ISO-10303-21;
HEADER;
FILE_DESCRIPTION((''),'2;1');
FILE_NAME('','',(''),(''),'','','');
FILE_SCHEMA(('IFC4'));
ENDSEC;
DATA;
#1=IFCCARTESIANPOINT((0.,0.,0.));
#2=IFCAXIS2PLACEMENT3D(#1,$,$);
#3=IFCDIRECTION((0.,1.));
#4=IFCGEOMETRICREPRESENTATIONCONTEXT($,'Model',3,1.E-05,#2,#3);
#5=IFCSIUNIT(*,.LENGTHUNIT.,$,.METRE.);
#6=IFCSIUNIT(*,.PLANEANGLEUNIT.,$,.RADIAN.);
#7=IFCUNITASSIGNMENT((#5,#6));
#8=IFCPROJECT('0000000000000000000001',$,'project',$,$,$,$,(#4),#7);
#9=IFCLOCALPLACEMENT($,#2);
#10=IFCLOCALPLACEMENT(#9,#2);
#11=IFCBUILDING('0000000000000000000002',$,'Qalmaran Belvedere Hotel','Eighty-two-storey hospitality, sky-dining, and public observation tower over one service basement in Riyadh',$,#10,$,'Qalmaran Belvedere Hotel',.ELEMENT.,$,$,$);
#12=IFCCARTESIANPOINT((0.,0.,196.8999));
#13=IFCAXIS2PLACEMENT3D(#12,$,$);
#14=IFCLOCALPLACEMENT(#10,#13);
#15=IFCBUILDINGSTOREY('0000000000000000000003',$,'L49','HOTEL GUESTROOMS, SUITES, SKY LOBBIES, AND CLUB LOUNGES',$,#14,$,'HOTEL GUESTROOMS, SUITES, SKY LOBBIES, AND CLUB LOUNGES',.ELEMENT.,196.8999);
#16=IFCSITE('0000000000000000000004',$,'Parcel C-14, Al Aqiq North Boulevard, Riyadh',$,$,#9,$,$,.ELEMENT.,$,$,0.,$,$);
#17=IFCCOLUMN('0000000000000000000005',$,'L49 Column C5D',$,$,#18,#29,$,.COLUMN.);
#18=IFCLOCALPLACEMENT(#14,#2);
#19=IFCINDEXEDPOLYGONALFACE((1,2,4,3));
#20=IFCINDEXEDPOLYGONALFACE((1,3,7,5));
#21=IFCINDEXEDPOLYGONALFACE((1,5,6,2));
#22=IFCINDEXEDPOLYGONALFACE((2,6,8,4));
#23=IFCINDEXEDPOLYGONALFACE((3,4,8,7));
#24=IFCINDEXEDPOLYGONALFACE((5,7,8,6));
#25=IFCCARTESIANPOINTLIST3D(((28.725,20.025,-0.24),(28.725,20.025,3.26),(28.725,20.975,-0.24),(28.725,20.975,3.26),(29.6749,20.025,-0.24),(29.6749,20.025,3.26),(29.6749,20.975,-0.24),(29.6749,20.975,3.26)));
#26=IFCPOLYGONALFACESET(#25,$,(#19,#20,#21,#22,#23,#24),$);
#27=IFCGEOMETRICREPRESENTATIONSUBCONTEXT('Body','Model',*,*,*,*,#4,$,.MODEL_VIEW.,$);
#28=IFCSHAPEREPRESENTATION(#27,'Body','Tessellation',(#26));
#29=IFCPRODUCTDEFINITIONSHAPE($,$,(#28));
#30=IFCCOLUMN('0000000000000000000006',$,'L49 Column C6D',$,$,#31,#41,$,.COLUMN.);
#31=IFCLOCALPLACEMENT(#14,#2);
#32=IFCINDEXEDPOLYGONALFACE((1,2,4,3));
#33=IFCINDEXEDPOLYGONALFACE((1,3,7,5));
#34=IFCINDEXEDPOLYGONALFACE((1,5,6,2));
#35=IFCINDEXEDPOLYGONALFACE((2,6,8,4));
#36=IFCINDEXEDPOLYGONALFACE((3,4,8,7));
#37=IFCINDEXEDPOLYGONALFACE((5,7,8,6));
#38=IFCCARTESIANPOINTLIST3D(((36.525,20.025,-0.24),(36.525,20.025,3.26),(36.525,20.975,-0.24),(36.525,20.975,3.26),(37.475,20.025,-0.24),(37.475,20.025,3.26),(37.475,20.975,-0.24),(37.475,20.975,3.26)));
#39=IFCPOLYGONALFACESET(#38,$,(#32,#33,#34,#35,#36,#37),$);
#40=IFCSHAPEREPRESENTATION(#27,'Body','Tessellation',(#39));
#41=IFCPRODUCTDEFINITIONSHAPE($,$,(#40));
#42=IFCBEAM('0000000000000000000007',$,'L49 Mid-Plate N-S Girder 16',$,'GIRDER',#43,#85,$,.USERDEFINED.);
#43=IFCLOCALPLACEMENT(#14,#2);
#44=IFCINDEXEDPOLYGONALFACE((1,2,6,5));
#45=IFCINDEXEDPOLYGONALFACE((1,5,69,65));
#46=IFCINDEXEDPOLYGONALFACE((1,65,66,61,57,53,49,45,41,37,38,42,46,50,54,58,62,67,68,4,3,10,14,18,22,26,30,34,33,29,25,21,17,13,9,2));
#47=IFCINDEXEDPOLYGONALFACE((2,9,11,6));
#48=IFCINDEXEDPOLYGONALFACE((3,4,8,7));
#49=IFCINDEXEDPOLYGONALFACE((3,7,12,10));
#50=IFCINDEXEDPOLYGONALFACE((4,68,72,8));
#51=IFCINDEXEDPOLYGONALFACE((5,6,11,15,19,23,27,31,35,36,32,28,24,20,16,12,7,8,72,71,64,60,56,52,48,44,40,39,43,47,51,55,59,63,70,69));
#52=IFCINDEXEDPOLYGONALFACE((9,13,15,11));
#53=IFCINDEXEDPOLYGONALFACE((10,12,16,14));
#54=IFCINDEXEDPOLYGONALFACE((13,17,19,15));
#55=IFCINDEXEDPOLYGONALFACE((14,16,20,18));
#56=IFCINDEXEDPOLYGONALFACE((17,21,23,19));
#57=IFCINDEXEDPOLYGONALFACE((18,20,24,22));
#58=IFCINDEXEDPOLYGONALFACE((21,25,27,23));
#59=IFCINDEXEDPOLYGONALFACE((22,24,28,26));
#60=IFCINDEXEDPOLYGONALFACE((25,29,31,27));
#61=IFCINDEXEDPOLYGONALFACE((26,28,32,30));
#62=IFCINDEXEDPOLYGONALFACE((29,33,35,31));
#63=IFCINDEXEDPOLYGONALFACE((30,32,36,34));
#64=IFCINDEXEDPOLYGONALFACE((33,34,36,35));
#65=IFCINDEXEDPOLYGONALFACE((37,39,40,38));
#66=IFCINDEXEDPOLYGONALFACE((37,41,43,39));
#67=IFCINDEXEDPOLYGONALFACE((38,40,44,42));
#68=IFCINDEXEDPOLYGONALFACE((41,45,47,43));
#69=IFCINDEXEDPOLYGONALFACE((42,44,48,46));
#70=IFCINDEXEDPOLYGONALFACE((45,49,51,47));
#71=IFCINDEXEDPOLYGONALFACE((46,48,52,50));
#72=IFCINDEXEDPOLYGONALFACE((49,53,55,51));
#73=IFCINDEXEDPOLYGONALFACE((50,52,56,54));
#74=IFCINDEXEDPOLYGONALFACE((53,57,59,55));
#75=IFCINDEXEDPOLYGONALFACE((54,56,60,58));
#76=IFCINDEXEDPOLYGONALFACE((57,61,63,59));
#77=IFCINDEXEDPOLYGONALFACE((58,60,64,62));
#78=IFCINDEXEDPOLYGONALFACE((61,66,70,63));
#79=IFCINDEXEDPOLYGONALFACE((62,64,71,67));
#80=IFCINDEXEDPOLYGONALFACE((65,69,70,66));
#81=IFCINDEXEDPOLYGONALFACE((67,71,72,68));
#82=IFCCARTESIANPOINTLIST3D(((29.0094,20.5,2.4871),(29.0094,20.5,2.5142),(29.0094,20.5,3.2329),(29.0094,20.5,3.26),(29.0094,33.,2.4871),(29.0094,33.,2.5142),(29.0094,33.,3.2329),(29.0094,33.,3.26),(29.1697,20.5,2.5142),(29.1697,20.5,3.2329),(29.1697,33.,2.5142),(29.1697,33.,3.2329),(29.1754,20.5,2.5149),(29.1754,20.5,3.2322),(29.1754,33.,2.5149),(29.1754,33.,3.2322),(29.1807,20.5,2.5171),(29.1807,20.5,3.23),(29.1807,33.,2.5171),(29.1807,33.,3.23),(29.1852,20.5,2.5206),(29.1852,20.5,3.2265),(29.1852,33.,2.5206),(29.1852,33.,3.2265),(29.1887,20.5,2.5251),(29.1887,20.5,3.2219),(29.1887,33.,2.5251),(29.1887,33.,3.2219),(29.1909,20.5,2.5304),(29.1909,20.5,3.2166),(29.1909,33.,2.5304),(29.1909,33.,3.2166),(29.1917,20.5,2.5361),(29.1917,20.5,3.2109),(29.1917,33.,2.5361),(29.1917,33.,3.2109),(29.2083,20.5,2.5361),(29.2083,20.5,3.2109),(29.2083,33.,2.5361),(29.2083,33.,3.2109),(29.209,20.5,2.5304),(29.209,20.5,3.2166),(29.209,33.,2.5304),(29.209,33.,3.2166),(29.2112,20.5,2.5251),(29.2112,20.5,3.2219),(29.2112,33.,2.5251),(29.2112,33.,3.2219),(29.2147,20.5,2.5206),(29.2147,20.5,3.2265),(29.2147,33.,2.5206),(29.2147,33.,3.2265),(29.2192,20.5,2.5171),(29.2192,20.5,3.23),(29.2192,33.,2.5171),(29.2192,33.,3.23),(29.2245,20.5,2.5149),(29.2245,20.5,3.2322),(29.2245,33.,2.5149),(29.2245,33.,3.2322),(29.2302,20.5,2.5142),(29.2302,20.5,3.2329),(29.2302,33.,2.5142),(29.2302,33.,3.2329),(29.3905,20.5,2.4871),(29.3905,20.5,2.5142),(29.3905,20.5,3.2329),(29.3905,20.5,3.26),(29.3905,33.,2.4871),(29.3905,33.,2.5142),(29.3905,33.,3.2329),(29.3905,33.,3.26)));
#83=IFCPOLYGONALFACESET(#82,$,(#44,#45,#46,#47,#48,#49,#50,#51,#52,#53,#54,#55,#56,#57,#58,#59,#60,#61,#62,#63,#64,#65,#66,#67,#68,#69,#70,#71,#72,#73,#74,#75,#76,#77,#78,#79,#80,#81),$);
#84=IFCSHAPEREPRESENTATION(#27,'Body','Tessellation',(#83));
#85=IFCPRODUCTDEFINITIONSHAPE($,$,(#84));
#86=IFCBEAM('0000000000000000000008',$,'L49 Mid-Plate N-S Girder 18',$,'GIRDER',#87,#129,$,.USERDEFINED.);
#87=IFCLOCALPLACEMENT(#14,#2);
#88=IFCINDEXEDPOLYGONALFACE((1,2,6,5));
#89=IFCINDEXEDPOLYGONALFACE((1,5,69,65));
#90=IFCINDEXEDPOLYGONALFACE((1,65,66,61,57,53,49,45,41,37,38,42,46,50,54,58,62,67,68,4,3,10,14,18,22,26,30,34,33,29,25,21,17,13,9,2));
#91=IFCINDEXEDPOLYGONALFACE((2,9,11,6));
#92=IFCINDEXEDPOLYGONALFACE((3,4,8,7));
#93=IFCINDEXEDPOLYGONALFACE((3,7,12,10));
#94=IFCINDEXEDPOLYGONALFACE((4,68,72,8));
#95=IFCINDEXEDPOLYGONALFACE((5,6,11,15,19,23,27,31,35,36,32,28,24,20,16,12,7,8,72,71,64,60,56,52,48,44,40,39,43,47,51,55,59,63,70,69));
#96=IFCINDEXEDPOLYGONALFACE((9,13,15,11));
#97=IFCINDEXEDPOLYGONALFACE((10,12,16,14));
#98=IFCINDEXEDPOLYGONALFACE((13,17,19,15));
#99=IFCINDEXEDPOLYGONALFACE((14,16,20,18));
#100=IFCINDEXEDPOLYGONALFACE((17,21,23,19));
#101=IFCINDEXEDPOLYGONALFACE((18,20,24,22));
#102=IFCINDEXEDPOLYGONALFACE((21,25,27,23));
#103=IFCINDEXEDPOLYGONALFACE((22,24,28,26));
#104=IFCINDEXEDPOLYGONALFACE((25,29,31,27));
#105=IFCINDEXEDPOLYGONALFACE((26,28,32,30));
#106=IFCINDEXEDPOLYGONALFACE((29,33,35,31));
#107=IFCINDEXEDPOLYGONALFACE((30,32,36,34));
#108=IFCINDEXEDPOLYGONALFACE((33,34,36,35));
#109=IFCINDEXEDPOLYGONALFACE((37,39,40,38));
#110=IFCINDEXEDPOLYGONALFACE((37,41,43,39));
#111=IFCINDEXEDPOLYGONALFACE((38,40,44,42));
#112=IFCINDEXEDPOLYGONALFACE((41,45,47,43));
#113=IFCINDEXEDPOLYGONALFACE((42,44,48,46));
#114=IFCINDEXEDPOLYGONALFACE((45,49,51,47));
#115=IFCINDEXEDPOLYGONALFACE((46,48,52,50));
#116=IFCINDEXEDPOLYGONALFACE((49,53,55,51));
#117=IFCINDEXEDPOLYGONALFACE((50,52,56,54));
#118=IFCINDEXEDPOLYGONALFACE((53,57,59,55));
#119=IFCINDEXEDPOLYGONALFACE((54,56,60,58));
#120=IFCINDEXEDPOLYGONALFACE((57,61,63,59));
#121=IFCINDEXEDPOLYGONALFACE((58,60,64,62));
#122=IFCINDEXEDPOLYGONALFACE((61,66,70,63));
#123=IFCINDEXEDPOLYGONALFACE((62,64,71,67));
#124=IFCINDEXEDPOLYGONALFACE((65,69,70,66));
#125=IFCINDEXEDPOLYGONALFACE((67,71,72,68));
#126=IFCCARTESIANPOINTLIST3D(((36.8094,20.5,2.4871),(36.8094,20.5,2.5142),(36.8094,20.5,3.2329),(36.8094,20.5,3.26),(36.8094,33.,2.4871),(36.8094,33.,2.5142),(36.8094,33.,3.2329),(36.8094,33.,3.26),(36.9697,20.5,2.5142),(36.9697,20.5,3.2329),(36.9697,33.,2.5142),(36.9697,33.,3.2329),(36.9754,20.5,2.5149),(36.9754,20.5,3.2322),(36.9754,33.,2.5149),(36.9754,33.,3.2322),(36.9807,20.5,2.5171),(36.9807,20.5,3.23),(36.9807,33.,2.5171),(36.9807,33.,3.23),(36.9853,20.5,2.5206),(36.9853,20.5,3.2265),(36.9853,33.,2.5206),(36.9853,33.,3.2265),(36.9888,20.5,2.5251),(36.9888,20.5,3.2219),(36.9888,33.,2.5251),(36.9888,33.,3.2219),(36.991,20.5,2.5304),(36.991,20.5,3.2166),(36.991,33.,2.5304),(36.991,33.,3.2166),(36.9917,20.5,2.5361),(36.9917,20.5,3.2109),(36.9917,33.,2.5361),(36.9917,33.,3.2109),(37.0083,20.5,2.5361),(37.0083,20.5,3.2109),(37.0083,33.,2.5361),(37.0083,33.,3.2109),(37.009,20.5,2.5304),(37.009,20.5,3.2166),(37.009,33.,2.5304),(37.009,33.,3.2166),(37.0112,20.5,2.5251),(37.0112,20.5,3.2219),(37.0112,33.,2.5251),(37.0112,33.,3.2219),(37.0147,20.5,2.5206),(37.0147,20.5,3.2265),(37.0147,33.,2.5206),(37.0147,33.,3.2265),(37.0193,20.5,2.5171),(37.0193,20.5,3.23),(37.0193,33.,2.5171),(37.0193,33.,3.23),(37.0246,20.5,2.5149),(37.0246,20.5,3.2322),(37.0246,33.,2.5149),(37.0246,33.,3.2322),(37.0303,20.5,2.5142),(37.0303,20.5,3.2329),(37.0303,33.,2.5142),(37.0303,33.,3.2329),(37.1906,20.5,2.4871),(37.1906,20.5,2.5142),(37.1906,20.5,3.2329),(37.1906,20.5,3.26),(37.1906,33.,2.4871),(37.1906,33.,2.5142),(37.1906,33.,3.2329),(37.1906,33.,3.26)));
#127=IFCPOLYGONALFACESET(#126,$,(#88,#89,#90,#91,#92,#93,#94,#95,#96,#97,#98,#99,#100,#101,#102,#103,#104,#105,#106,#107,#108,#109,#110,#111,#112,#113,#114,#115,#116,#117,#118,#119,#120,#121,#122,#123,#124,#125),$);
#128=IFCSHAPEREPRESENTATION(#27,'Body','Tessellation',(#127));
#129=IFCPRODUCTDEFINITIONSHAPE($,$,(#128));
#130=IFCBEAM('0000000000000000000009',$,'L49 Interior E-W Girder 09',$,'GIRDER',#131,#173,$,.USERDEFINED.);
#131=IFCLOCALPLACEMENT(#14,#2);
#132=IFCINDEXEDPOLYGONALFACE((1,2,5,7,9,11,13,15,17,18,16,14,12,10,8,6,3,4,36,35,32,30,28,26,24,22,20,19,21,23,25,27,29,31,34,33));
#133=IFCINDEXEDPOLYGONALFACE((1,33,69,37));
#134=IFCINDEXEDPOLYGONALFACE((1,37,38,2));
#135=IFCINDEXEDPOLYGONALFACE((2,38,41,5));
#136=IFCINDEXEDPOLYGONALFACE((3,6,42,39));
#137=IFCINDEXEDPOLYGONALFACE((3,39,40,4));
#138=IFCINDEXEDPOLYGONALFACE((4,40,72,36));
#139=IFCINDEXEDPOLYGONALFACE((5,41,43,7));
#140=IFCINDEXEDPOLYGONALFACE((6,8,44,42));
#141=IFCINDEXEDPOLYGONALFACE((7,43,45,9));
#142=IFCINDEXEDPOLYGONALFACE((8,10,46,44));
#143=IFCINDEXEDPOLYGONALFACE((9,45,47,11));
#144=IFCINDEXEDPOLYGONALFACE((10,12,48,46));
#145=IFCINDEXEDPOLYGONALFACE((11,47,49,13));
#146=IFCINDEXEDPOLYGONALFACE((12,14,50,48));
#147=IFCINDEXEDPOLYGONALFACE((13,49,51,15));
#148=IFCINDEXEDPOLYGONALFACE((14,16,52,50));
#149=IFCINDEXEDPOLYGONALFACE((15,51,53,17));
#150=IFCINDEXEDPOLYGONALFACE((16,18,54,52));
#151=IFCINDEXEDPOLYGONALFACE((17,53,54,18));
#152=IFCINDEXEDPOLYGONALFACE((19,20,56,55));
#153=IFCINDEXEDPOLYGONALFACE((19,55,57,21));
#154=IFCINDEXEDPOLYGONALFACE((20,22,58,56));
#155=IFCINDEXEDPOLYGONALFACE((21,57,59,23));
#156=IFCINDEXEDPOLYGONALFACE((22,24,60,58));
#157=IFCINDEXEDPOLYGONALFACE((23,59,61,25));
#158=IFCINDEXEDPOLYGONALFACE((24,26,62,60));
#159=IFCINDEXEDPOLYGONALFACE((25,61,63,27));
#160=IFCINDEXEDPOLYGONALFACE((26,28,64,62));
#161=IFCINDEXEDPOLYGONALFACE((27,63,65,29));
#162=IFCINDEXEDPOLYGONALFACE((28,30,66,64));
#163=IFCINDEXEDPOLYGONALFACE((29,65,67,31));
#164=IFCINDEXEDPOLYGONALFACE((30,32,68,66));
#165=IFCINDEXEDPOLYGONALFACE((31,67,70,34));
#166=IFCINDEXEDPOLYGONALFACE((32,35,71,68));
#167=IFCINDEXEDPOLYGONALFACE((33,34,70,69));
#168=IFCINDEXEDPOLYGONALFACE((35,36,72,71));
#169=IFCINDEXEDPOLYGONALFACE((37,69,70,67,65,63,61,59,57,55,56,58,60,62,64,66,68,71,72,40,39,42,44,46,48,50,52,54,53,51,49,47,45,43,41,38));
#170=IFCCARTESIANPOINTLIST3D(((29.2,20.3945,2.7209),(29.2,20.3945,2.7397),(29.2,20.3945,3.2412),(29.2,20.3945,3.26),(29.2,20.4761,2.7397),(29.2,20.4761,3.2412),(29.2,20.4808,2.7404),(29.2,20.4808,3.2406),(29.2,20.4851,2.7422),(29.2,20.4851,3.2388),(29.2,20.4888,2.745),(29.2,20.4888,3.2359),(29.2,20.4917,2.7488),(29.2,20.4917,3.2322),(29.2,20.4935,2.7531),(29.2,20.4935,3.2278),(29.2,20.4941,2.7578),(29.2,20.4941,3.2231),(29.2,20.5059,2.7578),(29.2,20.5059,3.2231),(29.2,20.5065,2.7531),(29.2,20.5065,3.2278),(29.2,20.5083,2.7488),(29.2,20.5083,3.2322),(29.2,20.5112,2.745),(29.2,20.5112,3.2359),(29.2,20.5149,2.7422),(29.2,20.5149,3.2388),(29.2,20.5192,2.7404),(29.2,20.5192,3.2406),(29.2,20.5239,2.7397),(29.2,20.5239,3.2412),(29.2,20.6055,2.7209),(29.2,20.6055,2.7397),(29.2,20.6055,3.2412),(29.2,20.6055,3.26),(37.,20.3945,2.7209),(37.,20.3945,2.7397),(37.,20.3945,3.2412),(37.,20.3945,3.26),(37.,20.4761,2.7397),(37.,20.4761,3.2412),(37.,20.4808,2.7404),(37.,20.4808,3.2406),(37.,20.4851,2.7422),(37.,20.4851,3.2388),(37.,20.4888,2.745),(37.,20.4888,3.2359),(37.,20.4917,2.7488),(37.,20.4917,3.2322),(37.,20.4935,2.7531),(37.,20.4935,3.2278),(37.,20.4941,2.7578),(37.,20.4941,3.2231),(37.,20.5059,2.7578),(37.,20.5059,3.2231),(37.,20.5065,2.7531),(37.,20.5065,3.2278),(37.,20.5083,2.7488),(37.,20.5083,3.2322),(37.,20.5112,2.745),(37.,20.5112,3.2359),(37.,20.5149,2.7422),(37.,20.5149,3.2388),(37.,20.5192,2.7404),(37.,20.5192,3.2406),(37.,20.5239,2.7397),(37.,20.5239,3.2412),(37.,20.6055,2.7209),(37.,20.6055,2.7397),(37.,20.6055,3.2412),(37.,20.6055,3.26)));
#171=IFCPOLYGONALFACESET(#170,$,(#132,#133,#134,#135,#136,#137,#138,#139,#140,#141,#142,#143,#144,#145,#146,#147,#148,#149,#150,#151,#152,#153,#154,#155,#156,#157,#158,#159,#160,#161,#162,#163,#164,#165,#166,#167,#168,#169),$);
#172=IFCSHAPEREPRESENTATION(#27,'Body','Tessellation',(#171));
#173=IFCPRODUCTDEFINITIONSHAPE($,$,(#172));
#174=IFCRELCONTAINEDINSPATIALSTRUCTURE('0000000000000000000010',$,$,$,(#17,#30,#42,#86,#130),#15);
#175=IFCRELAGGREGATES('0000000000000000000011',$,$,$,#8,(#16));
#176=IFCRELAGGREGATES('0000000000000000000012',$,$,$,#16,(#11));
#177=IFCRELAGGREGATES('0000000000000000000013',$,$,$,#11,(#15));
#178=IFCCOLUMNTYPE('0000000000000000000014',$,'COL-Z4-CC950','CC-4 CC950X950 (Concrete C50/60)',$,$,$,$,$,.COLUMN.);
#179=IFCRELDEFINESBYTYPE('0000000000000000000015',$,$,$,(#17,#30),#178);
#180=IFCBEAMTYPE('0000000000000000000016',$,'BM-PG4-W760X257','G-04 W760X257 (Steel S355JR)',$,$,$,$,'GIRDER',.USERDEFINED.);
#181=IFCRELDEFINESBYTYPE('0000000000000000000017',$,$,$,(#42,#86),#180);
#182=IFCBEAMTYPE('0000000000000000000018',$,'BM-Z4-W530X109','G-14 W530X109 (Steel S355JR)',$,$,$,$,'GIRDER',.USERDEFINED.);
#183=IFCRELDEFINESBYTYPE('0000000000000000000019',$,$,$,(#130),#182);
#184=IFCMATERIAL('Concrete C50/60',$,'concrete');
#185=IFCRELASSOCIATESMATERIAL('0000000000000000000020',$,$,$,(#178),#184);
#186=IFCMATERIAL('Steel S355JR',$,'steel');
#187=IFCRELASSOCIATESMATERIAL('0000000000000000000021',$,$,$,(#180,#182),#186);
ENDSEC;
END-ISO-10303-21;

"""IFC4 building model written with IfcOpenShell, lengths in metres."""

from ifc_helpers import new_model, si_unit, direction, frame, origin, origin_2d, place, context, subcontext, project, spatial, rectangle, i_section, extrude, material, material_profile, profile_set, type_object, element, save


model = new_model("IFC4")

# Units and contexts
model_context = context("Model", 3, precision=1e-05, world=origin(), true_north=direction((0.0, 1.0)))
body_context = subcontext(model_context, "Body", "Model", "MODEL_VIEW")
ifc_project = project(units=[si_unit("LENGTHUNIT", "METRE"), si_unit("PLANEANGLEUNIT", "RADIAN")], contexts=[model_context])

# Site, building, storey
site_placement = place(None, origin())
site = spatial("IfcSite", under=ifc_project, at=site_placement, Name="Parcel C-14, Al Aqiq North Boulevard, Riyadh", CompositionType="ELEMENT", RefElevation=0.0)
building_placement = place(site_placement, origin())
building = spatial("IfcBuilding", under=site, at=building_placement, Name="Qalmaran Belvedere Hotel", Description="Eighty-two-storey hospitality, sky-dining, and public observation tower over one service basement in Riyadh", LongName="Qalmaran Belvedere Hotel", CompositionType="ELEMENT")
storey_placement = place(building_placement, frame((0.0, 0.0, 196.8999)))
storey = spatial("IfcBuildingStorey", under=building, at=storey_placement, Name="L49", Description="HOTEL GUESTROOMS, SUITES, SKY LOBBIES, AND CLUB LOUNGES", LongName="HOTEL GUESTROOMS, SUITES, SKY LOBBIES, AND CLUB LOUNGES", CompositionType="ELEMENT", Elevation=196.8999)

# Columns
ifc_material_1 = material(Name="Concrete C50/60", Category="concrete")
ifc_material_profile_1 = material_profile(ifc_material_1, rectangle(XDim=0.95, YDim=0.95, at=origin_2d()), Name="CC950X950")
ifc_profile_set_1 = profile_set([ifc_material_profile_1], Name="Concrete C50/60")
column_type = type_object("IfcColumnType", Name="COL-Z4-CC950", Description="CC-4 CC950X950 (Concrete C50/60)", PredefinedType="COLUMN", material=ifc_profile_set_1)
for number, where, z_axis, x_axis, name in (
    (1, (29.2, 20.5, -0.24), (0.0, 0.0, 1.0), (1.0, 0.0, 0.0), "L49 Column C5D"),
    (2, (37.0, 20.5, -0.24), (0.0, 0.0, 1.0), (1.0, 0.0, 0.0), "L49 Column C6D"),
):
    element("IfcColumn", number, at=place(storey_placement, frame(where, z_axis=z_axis, x_axis=x_axis)), inside=storey, type_object=column_type, Name=name, PredefinedType="COLUMN", context=body_context, shape_type="SweptSolid", body=[
        extrude(rectangle(XDim=0.95, YDim=0.95, at=origin_2d()), origin(), (0.0, 0.0, 1.0), 3.5),
    ])

# Beams
ifc_material_2 = material(Name="Steel S355JR", Category="steel")
ifc_material_profile_2 = material_profile(ifc_material_2, i_section(OverallWidth=0.3811, OverallDepth=0.7729, WebThickness=0.0166, FlangeThickness=0.0271, FilletRadius=0.022, at=origin_2d()), Name="W760X257")
ifc_profile_set_2 = profile_set([ifc_material_profile_2], Name="Steel S355JR")
beam_type_1 = type_object("IfcBeamType", Name="BM-PG4-W760X257", Description="G-04 W760X257 (Steel S355JR)", ElementType="GIRDER", PredefinedType="USERDEFINED", material=ifc_profile_set_2)
for number, where, z_axis, x_axis, name in (
    (3, (29.2, 20.5, 2.8735), (0.0, 1.0, 0.0), (-1.0, 0.0, 0.0), "L49 Mid-Plate N-S Girder 16"),
    (4, (37.0, 20.5, 2.8735), (0.0, 1.0, 0.0), (-1.0, 0.0, 0.0), "L49 Mid-Plate N-S Girder 18"),
):
    element("IfcBeam", number, at=place(storey_placement, frame(where, z_axis=z_axis, x_axis=x_axis)), inside=storey, type_object=beam_type_1, Name=name, ObjectType="GIRDER", PredefinedType="USERDEFINED", context=body_context, shape_type="SweptSolid", body=[
        extrude(i_section(OverallWidth=0.3811, OverallDepth=0.7729, WebThickness=0.0166, FlangeThickness=0.0271, FilletRadius=0.022, at=origin_2d()), origin(), (0.0, 0.0, 1.0), 12.5),
    ])
ifc_material_profile_3 = material_profile(ifc_material_2, i_section(OverallWidth=0.2109, OverallDepth=0.5391, WebThickness=0.0117, FlangeThickness=0.0188, FilletRadius=0.0181, at=origin_2d()), Name="W530X109")
ifc_profile_set_3 = profile_set([ifc_material_profile_3], Name="Steel S355JR")
beam_type_2 = type_object("IfcBeamType", Name="BM-Z4-W530X109", Description="G-14 W530X109 (Steel S355JR)", ElementType="GIRDER", PredefinedType="USERDEFINED", material=ifc_profile_set_3)
for number, where, z_axis, x_axis, name in (
    (5, (29.2, 20.5, 2.9905), (1.0, 0.0, 0.0), (0.0, 1.0, 0.0), "L49 Interior E-W Girder 09"),
):
    element("IfcBeam", number, at=place(storey_placement, frame(where, z_axis=z_axis, x_axis=x_axis)), inside=storey, type_object=beam_type_2, Name=name, ObjectType="GIRDER", PredefinedType="USERDEFINED", context=body_context, shape_type="SweptSolid", body=[
        extrude(i_section(OverallWidth=0.2109, OverallDepth=0.5391, WebThickness=0.0117, FlangeThickness=0.0188, FilletRadius=0.0181, at=origin_2d()), origin(), (0.0, 0.0, 1.0), 7.8),
    ])

save(model, "model.ifc")
